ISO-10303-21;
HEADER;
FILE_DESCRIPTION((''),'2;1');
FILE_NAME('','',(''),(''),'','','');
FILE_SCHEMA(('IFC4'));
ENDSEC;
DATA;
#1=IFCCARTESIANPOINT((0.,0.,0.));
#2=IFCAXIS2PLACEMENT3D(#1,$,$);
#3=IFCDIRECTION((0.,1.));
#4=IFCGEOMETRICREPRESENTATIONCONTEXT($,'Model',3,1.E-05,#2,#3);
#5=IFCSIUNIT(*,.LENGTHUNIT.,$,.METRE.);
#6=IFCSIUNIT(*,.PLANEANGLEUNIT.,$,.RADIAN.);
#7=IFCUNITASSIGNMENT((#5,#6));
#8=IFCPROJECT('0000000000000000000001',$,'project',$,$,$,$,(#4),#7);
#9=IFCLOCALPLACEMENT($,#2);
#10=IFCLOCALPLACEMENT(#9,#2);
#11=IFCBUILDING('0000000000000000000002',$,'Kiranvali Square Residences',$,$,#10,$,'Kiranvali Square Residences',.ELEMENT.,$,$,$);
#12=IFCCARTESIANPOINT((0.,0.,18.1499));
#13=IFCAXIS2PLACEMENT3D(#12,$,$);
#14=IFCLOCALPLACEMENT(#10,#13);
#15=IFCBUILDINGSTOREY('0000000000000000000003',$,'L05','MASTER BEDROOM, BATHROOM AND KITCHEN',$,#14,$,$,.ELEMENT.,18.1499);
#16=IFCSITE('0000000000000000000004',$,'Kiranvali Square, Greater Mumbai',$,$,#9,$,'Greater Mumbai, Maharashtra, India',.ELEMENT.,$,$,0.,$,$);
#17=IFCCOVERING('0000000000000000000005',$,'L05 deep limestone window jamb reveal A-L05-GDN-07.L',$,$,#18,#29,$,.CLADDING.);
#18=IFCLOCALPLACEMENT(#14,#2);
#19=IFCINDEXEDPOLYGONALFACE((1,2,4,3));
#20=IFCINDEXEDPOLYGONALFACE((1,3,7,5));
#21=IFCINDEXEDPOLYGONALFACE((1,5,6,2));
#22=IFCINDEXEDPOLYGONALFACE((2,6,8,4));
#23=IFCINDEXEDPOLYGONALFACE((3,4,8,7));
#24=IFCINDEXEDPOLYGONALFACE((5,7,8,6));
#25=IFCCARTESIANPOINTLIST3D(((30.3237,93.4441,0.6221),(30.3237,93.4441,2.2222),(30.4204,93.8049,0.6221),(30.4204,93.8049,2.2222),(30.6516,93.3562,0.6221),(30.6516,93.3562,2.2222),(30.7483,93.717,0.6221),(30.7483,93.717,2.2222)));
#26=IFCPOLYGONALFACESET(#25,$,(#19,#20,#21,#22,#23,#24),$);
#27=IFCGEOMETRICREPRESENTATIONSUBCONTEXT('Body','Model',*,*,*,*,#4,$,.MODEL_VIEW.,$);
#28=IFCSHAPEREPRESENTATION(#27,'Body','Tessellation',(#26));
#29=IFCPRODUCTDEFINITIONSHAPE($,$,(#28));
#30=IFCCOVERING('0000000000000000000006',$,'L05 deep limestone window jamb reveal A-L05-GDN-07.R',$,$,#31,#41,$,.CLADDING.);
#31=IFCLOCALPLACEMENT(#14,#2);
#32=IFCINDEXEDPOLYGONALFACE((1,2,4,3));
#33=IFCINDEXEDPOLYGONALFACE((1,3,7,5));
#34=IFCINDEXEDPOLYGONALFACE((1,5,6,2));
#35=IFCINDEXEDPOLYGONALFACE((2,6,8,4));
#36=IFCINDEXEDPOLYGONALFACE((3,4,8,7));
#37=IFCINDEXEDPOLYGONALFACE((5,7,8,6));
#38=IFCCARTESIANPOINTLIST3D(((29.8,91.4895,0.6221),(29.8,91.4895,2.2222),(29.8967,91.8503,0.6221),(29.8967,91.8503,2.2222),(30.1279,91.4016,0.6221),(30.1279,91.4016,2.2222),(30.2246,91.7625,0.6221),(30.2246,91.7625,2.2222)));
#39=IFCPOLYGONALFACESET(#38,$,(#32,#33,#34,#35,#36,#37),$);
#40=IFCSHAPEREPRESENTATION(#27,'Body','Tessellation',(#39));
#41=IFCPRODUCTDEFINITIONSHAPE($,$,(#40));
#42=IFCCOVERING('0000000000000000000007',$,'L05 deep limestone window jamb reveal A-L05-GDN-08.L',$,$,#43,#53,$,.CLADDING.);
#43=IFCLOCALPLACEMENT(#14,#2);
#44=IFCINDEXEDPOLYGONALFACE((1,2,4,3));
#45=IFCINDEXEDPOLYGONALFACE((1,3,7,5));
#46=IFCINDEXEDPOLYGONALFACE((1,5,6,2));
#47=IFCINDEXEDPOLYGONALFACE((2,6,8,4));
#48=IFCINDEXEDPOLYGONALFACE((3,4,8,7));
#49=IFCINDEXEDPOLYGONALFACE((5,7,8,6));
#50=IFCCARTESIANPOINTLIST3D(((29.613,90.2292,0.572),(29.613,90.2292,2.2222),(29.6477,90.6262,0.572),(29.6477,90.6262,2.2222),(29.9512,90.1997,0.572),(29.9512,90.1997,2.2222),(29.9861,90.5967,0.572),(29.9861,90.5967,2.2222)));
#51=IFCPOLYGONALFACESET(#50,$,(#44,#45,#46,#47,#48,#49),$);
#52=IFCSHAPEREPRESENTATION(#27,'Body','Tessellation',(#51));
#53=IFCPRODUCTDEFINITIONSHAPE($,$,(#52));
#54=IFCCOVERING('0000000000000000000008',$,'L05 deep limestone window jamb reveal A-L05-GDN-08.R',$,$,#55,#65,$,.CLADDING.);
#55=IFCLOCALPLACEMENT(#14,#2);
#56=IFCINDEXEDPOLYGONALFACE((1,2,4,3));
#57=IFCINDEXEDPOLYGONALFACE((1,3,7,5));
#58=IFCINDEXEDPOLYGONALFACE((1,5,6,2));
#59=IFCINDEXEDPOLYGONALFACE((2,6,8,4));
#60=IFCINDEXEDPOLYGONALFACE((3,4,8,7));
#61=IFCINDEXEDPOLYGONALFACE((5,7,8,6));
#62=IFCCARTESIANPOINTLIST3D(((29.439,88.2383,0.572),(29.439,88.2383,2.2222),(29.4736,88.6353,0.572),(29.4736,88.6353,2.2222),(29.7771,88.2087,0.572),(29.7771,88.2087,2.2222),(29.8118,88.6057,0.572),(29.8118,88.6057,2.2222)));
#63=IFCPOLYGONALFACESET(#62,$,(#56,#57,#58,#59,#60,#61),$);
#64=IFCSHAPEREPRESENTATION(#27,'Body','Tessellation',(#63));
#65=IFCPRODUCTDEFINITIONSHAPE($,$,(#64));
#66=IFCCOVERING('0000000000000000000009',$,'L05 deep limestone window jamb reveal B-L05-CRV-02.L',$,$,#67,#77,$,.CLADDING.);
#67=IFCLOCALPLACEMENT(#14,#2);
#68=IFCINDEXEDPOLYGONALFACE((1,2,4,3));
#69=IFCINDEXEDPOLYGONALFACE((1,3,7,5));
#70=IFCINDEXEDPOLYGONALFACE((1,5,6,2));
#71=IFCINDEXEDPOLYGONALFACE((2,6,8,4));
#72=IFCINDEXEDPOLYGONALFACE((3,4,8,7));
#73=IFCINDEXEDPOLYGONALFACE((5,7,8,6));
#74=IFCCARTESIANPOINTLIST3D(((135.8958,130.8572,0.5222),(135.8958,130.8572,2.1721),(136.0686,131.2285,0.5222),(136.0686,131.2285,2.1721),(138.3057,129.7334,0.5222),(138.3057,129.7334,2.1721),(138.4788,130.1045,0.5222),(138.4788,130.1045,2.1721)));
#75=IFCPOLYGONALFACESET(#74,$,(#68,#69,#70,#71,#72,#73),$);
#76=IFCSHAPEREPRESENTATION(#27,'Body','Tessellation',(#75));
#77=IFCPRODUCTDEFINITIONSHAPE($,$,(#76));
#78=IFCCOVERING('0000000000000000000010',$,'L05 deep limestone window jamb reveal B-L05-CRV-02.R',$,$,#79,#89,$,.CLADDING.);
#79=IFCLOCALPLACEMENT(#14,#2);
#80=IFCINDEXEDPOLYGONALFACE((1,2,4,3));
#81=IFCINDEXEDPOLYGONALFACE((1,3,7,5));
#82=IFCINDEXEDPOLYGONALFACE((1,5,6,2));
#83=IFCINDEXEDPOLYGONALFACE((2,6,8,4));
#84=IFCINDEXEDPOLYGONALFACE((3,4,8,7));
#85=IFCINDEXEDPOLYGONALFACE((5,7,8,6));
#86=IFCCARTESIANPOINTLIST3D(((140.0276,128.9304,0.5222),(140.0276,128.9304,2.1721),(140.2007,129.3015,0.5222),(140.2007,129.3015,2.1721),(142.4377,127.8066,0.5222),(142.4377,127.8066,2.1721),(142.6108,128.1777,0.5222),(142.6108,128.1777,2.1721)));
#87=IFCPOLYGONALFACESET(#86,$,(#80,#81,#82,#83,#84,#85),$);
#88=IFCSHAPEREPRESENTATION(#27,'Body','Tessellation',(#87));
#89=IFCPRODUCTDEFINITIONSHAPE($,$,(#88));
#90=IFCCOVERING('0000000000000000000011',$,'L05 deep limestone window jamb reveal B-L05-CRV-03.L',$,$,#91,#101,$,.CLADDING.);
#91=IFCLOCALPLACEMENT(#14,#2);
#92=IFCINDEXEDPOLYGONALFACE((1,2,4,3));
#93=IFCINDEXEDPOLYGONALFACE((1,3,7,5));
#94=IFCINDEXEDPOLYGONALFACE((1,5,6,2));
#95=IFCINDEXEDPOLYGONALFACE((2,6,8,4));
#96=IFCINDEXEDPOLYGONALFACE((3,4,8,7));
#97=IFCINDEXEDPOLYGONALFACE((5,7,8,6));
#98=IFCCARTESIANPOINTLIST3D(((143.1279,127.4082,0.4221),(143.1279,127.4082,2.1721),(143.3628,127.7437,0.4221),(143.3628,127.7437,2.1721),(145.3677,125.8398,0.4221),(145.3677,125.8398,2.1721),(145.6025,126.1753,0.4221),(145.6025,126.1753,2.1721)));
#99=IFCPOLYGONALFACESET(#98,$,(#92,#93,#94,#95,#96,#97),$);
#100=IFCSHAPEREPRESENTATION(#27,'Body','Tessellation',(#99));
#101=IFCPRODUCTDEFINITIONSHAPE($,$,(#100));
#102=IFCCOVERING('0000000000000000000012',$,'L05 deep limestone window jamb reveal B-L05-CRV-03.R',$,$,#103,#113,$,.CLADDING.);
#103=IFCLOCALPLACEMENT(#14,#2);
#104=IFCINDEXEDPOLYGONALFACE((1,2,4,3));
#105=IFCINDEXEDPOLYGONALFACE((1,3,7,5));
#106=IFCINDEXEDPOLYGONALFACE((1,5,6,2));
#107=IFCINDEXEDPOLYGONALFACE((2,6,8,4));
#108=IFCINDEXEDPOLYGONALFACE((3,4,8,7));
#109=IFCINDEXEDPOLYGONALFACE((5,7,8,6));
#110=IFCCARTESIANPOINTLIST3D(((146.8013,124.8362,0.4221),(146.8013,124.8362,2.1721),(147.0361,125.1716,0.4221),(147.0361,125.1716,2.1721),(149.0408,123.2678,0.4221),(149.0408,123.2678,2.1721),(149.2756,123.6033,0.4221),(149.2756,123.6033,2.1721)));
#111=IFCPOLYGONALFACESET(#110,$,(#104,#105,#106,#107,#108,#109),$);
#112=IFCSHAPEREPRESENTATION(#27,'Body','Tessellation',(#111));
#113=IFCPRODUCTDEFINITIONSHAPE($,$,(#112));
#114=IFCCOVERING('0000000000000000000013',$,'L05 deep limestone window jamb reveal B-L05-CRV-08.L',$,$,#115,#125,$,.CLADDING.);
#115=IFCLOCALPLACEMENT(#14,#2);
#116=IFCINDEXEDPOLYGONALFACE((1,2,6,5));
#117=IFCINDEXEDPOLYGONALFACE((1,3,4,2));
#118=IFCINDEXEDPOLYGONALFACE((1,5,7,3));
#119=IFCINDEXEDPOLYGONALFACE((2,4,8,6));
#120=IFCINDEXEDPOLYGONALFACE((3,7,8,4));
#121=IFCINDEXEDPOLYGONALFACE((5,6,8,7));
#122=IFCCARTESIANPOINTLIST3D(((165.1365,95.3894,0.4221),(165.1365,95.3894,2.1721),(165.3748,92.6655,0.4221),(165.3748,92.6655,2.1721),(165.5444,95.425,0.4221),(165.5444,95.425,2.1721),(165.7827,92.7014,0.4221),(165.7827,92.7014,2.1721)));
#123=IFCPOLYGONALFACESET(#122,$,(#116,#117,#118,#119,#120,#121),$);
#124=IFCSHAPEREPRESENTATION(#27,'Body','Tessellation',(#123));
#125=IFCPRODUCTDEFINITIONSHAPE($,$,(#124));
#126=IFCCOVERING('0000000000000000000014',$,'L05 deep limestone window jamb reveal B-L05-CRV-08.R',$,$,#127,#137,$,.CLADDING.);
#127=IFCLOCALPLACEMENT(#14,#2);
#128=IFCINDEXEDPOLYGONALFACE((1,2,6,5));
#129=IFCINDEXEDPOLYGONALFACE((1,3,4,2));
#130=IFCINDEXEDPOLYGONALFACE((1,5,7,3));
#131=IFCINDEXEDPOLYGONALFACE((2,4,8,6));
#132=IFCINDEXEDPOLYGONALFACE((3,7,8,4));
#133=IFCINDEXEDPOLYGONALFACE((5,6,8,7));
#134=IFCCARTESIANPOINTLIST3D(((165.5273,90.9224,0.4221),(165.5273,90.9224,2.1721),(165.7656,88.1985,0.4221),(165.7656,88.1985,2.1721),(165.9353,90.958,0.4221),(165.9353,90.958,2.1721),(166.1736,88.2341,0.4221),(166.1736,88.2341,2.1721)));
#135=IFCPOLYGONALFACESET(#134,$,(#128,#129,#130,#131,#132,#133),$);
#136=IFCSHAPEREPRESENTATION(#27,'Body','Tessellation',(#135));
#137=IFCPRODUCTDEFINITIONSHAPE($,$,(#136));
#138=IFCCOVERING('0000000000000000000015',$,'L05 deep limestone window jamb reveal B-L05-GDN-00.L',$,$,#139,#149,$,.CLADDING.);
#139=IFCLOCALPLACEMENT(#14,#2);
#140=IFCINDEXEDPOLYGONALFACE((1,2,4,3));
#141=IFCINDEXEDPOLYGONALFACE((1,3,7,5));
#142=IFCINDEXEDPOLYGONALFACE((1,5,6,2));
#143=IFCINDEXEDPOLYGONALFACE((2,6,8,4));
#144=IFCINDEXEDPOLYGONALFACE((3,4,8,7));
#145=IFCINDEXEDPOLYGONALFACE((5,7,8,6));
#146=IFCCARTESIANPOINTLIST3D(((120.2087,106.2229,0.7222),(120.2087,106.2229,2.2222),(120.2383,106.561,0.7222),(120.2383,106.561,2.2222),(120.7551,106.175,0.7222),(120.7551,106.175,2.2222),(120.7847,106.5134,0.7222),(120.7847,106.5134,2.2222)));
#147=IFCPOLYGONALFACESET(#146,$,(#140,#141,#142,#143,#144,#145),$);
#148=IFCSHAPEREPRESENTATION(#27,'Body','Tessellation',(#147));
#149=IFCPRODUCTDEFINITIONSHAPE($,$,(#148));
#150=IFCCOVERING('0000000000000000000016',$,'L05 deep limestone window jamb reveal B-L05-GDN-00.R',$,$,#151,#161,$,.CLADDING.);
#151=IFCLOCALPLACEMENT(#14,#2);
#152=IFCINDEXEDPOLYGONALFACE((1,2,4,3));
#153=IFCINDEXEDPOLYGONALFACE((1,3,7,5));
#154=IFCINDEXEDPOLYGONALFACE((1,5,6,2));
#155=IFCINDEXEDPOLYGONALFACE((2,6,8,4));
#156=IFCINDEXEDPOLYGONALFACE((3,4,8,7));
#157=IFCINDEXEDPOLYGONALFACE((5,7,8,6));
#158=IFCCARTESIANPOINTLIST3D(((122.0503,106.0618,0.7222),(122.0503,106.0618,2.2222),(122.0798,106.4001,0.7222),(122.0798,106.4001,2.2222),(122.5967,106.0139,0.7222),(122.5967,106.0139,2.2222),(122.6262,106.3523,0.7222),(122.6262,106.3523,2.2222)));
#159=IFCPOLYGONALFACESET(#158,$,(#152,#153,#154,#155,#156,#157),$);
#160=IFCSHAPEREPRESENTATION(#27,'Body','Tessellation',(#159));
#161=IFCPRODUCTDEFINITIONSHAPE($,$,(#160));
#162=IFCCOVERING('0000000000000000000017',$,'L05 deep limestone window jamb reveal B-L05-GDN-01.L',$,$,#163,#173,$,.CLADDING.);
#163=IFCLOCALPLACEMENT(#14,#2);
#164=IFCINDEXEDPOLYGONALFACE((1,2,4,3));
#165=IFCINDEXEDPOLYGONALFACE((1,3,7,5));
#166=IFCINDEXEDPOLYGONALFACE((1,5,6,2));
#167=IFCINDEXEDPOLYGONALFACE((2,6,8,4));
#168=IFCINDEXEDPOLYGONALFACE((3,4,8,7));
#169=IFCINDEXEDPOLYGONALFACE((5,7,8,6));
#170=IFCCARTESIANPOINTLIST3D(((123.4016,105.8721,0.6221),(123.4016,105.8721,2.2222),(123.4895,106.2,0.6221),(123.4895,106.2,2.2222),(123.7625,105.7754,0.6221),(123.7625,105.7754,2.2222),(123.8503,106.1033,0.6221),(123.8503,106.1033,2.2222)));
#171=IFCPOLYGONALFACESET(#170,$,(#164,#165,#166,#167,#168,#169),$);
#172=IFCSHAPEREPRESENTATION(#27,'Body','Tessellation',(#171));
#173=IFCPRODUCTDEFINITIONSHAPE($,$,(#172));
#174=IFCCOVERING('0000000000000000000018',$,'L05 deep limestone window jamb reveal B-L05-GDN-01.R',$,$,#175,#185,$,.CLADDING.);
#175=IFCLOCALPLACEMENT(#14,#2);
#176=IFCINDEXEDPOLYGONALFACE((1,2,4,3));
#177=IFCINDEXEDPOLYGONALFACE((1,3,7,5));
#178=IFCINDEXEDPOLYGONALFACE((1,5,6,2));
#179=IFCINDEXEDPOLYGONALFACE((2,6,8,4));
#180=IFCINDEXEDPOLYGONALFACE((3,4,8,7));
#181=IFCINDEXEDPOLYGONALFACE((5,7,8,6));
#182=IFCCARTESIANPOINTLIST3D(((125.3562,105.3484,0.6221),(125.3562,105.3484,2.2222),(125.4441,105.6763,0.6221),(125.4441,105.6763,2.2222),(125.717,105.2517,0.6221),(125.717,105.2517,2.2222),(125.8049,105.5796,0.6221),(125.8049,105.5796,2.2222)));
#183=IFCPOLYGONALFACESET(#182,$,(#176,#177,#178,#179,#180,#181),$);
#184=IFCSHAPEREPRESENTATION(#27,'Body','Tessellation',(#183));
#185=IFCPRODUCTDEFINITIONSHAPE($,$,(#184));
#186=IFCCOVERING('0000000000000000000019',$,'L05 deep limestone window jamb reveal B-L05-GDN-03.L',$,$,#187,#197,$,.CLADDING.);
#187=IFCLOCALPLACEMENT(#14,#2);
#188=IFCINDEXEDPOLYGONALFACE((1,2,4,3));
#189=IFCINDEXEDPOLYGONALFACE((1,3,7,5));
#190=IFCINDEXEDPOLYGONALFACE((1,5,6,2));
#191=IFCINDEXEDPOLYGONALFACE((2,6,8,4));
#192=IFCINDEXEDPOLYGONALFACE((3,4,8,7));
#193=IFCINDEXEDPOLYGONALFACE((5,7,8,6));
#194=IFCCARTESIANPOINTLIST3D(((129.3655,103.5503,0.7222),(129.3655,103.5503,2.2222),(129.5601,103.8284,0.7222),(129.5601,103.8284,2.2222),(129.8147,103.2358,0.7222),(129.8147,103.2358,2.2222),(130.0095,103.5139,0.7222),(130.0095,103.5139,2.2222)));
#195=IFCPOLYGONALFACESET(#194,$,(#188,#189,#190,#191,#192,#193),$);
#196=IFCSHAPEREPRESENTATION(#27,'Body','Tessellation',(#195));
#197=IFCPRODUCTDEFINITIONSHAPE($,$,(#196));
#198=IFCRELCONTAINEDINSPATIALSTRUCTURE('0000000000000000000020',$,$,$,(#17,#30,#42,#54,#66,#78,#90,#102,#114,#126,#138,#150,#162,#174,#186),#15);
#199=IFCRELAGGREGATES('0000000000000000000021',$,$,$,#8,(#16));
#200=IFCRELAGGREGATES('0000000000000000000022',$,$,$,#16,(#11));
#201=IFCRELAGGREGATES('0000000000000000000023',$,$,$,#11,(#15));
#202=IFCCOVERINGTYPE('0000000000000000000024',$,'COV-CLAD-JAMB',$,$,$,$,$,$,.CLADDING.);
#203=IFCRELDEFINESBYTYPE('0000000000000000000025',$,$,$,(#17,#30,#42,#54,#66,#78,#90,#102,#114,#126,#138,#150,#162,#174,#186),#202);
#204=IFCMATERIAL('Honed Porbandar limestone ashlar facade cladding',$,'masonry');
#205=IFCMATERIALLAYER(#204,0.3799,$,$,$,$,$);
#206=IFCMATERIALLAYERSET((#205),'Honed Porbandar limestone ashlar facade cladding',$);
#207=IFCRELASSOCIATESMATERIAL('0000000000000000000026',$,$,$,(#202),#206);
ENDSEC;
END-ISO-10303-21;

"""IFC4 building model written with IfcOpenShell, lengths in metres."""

from ifc_helpers import new_model, si_unit, direction, frame, origin, place, context, subcontext, project, spatial, polyline, outline, extrude, material, layer, layer_set, type_object, element, save


model = new_model("IFC4")

# Units and contexts
model_context = context("Model", 3, precision=1e-05, world=origin(), true_north=direction((0.0, 1.0)))
body_context = subcontext(model_context, "Body", "Model", "MODEL_VIEW")
ifc_project = project(units=[si_unit("LENGTHUNIT", "METRE"), si_unit("PLANEANGLEUNIT", "RADIAN")], contexts=[model_context])

# Site, building, storey
site_placement = place(None, origin())
site = spatial("IfcSite", under=ifc_project, at=site_placement, Name="Kiranvali Square, Greater Mumbai", LongName="Greater Mumbai, Maharashtra, India", CompositionType="ELEMENT", RefElevation=0.0)
building_placement = place(site_placement, origin())
building = spatial("IfcBuilding", under=site, at=building_placement, Name="Kiranvali Square Residences", LongName="Kiranvali Square Residences", CompositionType="ELEMENT")
storey_placement = place(building_placement, frame((0.0, 0.0, 18.1499)))
storey = spatial("IfcBuildingStorey", under=building, at=storey_placement, Name="L05", Description="MASTER BEDROOM, BATHROOM AND KITCHEN", CompositionType="ELEMENT", Elevation=18.1499)

# Coverings
ifc_material = material(Name="Honed Porbandar limestone ashlar facade cladding", Category="masonry")
ifc_layer = layer(ifc_material, 0.3799)
ifc_layer_set = layer_set([ifc_layer], Name="Honed Porbandar limestone ashlar facade cladding")
covering_type = type_object("IfcCoveringType", Name="COV-CLAD-JAMB", PredefinedType="CLADDING", material=ifc_layer_set)
covering_1_placement = place(storey_placement, frame((0.0, 0.0, 0.6221)))
element("IfcCovering", 1, at=covering_1_placement, inside=storey, type_object=covering_type, Name="L05 deep limestone window jamb reveal A-L05-GDN-07.L", PredefinedType="CLADDING", context=body_context, shape_type="SweptSolid", body=[
    extrude(outline(polyline([(30.4204, 93.8049), (30.3237, 93.4441), (30.6516, 93.3562), (30.7483, 93.717), (30.4204, 93.8049)])), origin(), (0.0, 0.0, 1.0), 1.6001),
])
covering_2_placement = place(storey_placement, frame((0.0, 0.0, 0.6221)))
element("IfcCovering", 2, at=covering_2_placement, inside=storey, type_object=covering_type, Name="L05 deep limestone window jamb reveal A-L05-GDN-07.R", PredefinedType="CLADDING", context=body_context, shape_type="SweptSolid", body=[
    extrude(outline(polyline([(29.8967, 91.8503), (29.8, 91.4895), (30.1279, 91.4016), (30.2246, 91.7625), (29.8967, 91.8503)])), origin(), (0.0, 0.0, 1.0), 1.6001),
])
covering_3_placement = place(storey_placement, frame((0.0, 0.0, 0.572)))
element("IfcCovering", 3, at=covering_3_placement, inside=storey, type_object=covering_type, Name="L05 deep limestone window jamb reveal A-L05-GDN-08.L", PredefinedType="CLADDING", context=body_context, shape_type="SweptSolid", body=[
    extrude(outline(polyline([(29.6477, 90.6262), (29.613, 90.2292), (29.9512, 90.1997), (29.9861, 90.5967), (29.6477, 90.6262)])), origin(), (0.0, 0.0, 1.0), 1.6501),
])
covering_4_placement = place(storey_placement, frame((0.0, 0.0, 0.572)))
element("IfcCovering", 4, at=covering_4_placement, inside=storey, type_object=covering_type, Name="L05 deep limestone window jamb reveal A-L05-GDN-08.R", PredefinedType="CLADDING", context=body_context, shape_type="SweptSolid", body=[
    extrude(outline(polyline([(29.4736, 88.6353), (29.439, 88.2383), (29.7771, 88.2087), (29.8118, 88.6057), (29.4736, 88.6353)])), origin(), (0.0, 0.0, 1.0), 1.6501),
])
covering_5_placement = place(storey_placement, frame((0.0, 0.0, 0.5222)))
element("IfcCovering", 5, at=covering_5_placement, inside=storey, type_object=covering_type, Name="L05 deep limestone window jamb reveal B-L05-CRV-02.L", PredefinedType="CLADDING", context=body_context, shape_type="SweptSolid", body=[
    extrude(outline(polyline([(135.8958, 130.8572), (138.3057, 129.7334), (138.4788, 130.1045), (136.0686, 131.2285), (135.8958, 130.8572)])), origin(), (0.0, 0.0, 1.0), 1.6499),
])
covering_6_placement = place(storey_placement, frame((0.0, 0.0, 0.5222)))
element("IfcCovering", 6, at=covering_6_placement, inside=storey, type_object=covering_type, Name="L05 deep limestone window jamb reveal B-L05-CRV-02.R", PredefinedType="CLADDING", context=body_context, shape_type="SweptSolid", body=[
    extrude(outline(polyline([(140.0276, 128.9304), (142.4377, 127.8066), (142.6108, 128.1777), (140.2007, 129.3015), (140.0276, 128.9304)])), origin(), (0.0, 0.0, 1.0), 1.6499),
])
covering_7_placement = place(storey_placement, frame((0.0, 0.0, 0.4221)))
element("IfcCovering", 7, at=covering_7_placement, inside=storey, type_object=covering_type, Name="L05 deep limestone window jamb reveal B-L05-CRV-03.L", PredefinedType="CLADDING", context=body_context, shape_type="SweptSolid", body=[
    extrude(outline(polyline([(143.1279, 127.4082), (145.3677, 125.8398), (145.6025, 126.1753), (143.3628, 127.7437), (143.1279, 127.4082)])), origin(), (0.0, 0.0, 1.0), 1.75),
])
covering_8_placement = place(storey_placement, frame((0.0, 0.0, 0.4221)))
element("IfcCovering", 8, at=covering_8_placement, inside=storey, type_object=covering_type, Name="L05 deep limestone window jamb reveal B-L05-CRV-03.R", PredefinedType="CLADDING", context=body_context, shape_type="SweptSolid", body=[
    extrude(outline(polyline([(146.8013, 124.8362), (149.0408, 123.2678), (149.2756, 123.6033), (147.0361, 125.1716), (146.8013, 124.8362)])), origin(), (0.0, 0.0, 1.0), 1.75),
])
covering_9_placement = place(storey_placement, frame((0.0, 0.0, 0.4221)))
element("IfcCovering", 9, at=covering_9_placement, inside=storey, type_object=covering_type, Name="L05 deep limestone window jamb reveal B-L05-CRV-08.L", PredefinedType="CLADDING", context=body_context, shape_type="SweptSolid", body=[
    extrude(outline(polyline([(165.1365, 95.3894), (165.3748, 92.6655), (165.7827, 92.7014), (165.5444, 95.425), (165.1365, 95.3894)])), origin(), (0.0, 0.0, 1.0), 1.75),
])
covering_10_placement = place(storey_placement, frame((0.0, 0.0, 0.4221)))
element("IfcCovering", 10, at=covering_10_placement, inside=storey, type_object=covering_type, Name="L05 deep limestone window jamb reveal B-L05-CRV-08.R", PredefinedType="CLADDING", context=body_context, shape_type="SweptSolid", body=[
    extrude(outline(polyline([(165.5273, 90.9224), (165.7656, 88.1985), (166.1736, 88.2341), (165.9353, 90.958), (165.5273, 90.9224)])), origin(), (0.0, 0.0, 1.0), 1.75),
])
covering_11_placement = place(storey_placement, frame((0.0, 0.0, 0.7222)))
element("IfcCovering", 11, at=covering_11_placement, inside=storey, type_object=covering_type, Name="L05 deep limestone window jamb reveal B-L05-GDN-00.L", PredefinedType="CLADDING", context=body_context, shape_type="SweptSolid", body=[
    extrude(outline(polyline([(120.2087, 106.2229), (120.7551, 106.175), (120.7847, 106.5134), (120.2383, 106.561), (120.2087, 106.2229)])), origin(), (0.0, 0.0, 1.0), 1.5),
])
covering_12_placement = place(storey_placement, frame((0.0, 0.0, 0.7222)))
element("IfcCovering", 12, at=covering_12_placement, inside=storey, type_object=covering_type, Name="L05 deep limestone window jamb reveal B-L05-GDN-00.R", PredefinedType="CLADDING", context=body_context, shape_type="SweptSolid", body=[
    extrude(outline(polyline([(122.0503, 106.0618), (122.5967, 106.0139), (122.6262, 106.3523), (122.0798, 106.4001), (122.0503, 106.0618)])), origin(), (0.0, 0.0, 1.0), 1.5),
])
covering_13_placement = place(storey_placement, frame((0.0, 0.0, 0.6221)))
element("IfcCovering", 13, at=covering_13_placement, inside=storey, type_object=covering_type, Name="L05 deep limestone window jamb reveal B-L05-GDN-01.L", PredefinedType="CLADDING", context=body_context, shape_type="SweptSolid", body=[
    extrude(outline(polyline([(123.4016, 105.8721), (123.7625, 105.7754), (123.8503, 106.1033), (123.4895, 106.2), (123.4016, 105.8721)])), origin(), (0.0, 0.0, 1.0), 1.6001),
])
covering_14_placement = place(storey_placement, frame((0.0, 0.0, 0.6221)))
element("IfcCovering", 14, at=covering_14_placement, inside=storey, type_object=covering_type, Name="L05 deep limestone window jamb reveal B-L05-GDN-01.R", PredefinedType="CLADDING", context=body_context, shape_type="SweptSolid", body=[
    extrude(outline(polyline([(125.3562, 105.3484), (125.717, 105.2517), (125.8049, 105.5796), (125.4441, 105.6763), (125.3562, 105.3484)])), origin(), (0.0, 0.0, 1.0), 1.6001),
])
covering_15_placement = place(storey_placement, frame((0.0, 0.0, 0.7222)))
element("IfcCovering", 15, at=covering_15_placement, inside=storey, type_object=covering_type, Name="L05 deep limestone window jamb reveal B-L05-GDN-03.L", PredefinedType="CLADDING", context=body_context, shape_type="SweptSolid", body=[
    extrude(outline(polyline([(129.3655, 103.5503), (129.8147, 103.2358), (130.0095, 103.5139), (129.5601, 103.8284), (129.3655, 103.5503)])), origin(), (0.0, 0.0, 1.0), 1.5),
])

save(model, "model.ifc")
